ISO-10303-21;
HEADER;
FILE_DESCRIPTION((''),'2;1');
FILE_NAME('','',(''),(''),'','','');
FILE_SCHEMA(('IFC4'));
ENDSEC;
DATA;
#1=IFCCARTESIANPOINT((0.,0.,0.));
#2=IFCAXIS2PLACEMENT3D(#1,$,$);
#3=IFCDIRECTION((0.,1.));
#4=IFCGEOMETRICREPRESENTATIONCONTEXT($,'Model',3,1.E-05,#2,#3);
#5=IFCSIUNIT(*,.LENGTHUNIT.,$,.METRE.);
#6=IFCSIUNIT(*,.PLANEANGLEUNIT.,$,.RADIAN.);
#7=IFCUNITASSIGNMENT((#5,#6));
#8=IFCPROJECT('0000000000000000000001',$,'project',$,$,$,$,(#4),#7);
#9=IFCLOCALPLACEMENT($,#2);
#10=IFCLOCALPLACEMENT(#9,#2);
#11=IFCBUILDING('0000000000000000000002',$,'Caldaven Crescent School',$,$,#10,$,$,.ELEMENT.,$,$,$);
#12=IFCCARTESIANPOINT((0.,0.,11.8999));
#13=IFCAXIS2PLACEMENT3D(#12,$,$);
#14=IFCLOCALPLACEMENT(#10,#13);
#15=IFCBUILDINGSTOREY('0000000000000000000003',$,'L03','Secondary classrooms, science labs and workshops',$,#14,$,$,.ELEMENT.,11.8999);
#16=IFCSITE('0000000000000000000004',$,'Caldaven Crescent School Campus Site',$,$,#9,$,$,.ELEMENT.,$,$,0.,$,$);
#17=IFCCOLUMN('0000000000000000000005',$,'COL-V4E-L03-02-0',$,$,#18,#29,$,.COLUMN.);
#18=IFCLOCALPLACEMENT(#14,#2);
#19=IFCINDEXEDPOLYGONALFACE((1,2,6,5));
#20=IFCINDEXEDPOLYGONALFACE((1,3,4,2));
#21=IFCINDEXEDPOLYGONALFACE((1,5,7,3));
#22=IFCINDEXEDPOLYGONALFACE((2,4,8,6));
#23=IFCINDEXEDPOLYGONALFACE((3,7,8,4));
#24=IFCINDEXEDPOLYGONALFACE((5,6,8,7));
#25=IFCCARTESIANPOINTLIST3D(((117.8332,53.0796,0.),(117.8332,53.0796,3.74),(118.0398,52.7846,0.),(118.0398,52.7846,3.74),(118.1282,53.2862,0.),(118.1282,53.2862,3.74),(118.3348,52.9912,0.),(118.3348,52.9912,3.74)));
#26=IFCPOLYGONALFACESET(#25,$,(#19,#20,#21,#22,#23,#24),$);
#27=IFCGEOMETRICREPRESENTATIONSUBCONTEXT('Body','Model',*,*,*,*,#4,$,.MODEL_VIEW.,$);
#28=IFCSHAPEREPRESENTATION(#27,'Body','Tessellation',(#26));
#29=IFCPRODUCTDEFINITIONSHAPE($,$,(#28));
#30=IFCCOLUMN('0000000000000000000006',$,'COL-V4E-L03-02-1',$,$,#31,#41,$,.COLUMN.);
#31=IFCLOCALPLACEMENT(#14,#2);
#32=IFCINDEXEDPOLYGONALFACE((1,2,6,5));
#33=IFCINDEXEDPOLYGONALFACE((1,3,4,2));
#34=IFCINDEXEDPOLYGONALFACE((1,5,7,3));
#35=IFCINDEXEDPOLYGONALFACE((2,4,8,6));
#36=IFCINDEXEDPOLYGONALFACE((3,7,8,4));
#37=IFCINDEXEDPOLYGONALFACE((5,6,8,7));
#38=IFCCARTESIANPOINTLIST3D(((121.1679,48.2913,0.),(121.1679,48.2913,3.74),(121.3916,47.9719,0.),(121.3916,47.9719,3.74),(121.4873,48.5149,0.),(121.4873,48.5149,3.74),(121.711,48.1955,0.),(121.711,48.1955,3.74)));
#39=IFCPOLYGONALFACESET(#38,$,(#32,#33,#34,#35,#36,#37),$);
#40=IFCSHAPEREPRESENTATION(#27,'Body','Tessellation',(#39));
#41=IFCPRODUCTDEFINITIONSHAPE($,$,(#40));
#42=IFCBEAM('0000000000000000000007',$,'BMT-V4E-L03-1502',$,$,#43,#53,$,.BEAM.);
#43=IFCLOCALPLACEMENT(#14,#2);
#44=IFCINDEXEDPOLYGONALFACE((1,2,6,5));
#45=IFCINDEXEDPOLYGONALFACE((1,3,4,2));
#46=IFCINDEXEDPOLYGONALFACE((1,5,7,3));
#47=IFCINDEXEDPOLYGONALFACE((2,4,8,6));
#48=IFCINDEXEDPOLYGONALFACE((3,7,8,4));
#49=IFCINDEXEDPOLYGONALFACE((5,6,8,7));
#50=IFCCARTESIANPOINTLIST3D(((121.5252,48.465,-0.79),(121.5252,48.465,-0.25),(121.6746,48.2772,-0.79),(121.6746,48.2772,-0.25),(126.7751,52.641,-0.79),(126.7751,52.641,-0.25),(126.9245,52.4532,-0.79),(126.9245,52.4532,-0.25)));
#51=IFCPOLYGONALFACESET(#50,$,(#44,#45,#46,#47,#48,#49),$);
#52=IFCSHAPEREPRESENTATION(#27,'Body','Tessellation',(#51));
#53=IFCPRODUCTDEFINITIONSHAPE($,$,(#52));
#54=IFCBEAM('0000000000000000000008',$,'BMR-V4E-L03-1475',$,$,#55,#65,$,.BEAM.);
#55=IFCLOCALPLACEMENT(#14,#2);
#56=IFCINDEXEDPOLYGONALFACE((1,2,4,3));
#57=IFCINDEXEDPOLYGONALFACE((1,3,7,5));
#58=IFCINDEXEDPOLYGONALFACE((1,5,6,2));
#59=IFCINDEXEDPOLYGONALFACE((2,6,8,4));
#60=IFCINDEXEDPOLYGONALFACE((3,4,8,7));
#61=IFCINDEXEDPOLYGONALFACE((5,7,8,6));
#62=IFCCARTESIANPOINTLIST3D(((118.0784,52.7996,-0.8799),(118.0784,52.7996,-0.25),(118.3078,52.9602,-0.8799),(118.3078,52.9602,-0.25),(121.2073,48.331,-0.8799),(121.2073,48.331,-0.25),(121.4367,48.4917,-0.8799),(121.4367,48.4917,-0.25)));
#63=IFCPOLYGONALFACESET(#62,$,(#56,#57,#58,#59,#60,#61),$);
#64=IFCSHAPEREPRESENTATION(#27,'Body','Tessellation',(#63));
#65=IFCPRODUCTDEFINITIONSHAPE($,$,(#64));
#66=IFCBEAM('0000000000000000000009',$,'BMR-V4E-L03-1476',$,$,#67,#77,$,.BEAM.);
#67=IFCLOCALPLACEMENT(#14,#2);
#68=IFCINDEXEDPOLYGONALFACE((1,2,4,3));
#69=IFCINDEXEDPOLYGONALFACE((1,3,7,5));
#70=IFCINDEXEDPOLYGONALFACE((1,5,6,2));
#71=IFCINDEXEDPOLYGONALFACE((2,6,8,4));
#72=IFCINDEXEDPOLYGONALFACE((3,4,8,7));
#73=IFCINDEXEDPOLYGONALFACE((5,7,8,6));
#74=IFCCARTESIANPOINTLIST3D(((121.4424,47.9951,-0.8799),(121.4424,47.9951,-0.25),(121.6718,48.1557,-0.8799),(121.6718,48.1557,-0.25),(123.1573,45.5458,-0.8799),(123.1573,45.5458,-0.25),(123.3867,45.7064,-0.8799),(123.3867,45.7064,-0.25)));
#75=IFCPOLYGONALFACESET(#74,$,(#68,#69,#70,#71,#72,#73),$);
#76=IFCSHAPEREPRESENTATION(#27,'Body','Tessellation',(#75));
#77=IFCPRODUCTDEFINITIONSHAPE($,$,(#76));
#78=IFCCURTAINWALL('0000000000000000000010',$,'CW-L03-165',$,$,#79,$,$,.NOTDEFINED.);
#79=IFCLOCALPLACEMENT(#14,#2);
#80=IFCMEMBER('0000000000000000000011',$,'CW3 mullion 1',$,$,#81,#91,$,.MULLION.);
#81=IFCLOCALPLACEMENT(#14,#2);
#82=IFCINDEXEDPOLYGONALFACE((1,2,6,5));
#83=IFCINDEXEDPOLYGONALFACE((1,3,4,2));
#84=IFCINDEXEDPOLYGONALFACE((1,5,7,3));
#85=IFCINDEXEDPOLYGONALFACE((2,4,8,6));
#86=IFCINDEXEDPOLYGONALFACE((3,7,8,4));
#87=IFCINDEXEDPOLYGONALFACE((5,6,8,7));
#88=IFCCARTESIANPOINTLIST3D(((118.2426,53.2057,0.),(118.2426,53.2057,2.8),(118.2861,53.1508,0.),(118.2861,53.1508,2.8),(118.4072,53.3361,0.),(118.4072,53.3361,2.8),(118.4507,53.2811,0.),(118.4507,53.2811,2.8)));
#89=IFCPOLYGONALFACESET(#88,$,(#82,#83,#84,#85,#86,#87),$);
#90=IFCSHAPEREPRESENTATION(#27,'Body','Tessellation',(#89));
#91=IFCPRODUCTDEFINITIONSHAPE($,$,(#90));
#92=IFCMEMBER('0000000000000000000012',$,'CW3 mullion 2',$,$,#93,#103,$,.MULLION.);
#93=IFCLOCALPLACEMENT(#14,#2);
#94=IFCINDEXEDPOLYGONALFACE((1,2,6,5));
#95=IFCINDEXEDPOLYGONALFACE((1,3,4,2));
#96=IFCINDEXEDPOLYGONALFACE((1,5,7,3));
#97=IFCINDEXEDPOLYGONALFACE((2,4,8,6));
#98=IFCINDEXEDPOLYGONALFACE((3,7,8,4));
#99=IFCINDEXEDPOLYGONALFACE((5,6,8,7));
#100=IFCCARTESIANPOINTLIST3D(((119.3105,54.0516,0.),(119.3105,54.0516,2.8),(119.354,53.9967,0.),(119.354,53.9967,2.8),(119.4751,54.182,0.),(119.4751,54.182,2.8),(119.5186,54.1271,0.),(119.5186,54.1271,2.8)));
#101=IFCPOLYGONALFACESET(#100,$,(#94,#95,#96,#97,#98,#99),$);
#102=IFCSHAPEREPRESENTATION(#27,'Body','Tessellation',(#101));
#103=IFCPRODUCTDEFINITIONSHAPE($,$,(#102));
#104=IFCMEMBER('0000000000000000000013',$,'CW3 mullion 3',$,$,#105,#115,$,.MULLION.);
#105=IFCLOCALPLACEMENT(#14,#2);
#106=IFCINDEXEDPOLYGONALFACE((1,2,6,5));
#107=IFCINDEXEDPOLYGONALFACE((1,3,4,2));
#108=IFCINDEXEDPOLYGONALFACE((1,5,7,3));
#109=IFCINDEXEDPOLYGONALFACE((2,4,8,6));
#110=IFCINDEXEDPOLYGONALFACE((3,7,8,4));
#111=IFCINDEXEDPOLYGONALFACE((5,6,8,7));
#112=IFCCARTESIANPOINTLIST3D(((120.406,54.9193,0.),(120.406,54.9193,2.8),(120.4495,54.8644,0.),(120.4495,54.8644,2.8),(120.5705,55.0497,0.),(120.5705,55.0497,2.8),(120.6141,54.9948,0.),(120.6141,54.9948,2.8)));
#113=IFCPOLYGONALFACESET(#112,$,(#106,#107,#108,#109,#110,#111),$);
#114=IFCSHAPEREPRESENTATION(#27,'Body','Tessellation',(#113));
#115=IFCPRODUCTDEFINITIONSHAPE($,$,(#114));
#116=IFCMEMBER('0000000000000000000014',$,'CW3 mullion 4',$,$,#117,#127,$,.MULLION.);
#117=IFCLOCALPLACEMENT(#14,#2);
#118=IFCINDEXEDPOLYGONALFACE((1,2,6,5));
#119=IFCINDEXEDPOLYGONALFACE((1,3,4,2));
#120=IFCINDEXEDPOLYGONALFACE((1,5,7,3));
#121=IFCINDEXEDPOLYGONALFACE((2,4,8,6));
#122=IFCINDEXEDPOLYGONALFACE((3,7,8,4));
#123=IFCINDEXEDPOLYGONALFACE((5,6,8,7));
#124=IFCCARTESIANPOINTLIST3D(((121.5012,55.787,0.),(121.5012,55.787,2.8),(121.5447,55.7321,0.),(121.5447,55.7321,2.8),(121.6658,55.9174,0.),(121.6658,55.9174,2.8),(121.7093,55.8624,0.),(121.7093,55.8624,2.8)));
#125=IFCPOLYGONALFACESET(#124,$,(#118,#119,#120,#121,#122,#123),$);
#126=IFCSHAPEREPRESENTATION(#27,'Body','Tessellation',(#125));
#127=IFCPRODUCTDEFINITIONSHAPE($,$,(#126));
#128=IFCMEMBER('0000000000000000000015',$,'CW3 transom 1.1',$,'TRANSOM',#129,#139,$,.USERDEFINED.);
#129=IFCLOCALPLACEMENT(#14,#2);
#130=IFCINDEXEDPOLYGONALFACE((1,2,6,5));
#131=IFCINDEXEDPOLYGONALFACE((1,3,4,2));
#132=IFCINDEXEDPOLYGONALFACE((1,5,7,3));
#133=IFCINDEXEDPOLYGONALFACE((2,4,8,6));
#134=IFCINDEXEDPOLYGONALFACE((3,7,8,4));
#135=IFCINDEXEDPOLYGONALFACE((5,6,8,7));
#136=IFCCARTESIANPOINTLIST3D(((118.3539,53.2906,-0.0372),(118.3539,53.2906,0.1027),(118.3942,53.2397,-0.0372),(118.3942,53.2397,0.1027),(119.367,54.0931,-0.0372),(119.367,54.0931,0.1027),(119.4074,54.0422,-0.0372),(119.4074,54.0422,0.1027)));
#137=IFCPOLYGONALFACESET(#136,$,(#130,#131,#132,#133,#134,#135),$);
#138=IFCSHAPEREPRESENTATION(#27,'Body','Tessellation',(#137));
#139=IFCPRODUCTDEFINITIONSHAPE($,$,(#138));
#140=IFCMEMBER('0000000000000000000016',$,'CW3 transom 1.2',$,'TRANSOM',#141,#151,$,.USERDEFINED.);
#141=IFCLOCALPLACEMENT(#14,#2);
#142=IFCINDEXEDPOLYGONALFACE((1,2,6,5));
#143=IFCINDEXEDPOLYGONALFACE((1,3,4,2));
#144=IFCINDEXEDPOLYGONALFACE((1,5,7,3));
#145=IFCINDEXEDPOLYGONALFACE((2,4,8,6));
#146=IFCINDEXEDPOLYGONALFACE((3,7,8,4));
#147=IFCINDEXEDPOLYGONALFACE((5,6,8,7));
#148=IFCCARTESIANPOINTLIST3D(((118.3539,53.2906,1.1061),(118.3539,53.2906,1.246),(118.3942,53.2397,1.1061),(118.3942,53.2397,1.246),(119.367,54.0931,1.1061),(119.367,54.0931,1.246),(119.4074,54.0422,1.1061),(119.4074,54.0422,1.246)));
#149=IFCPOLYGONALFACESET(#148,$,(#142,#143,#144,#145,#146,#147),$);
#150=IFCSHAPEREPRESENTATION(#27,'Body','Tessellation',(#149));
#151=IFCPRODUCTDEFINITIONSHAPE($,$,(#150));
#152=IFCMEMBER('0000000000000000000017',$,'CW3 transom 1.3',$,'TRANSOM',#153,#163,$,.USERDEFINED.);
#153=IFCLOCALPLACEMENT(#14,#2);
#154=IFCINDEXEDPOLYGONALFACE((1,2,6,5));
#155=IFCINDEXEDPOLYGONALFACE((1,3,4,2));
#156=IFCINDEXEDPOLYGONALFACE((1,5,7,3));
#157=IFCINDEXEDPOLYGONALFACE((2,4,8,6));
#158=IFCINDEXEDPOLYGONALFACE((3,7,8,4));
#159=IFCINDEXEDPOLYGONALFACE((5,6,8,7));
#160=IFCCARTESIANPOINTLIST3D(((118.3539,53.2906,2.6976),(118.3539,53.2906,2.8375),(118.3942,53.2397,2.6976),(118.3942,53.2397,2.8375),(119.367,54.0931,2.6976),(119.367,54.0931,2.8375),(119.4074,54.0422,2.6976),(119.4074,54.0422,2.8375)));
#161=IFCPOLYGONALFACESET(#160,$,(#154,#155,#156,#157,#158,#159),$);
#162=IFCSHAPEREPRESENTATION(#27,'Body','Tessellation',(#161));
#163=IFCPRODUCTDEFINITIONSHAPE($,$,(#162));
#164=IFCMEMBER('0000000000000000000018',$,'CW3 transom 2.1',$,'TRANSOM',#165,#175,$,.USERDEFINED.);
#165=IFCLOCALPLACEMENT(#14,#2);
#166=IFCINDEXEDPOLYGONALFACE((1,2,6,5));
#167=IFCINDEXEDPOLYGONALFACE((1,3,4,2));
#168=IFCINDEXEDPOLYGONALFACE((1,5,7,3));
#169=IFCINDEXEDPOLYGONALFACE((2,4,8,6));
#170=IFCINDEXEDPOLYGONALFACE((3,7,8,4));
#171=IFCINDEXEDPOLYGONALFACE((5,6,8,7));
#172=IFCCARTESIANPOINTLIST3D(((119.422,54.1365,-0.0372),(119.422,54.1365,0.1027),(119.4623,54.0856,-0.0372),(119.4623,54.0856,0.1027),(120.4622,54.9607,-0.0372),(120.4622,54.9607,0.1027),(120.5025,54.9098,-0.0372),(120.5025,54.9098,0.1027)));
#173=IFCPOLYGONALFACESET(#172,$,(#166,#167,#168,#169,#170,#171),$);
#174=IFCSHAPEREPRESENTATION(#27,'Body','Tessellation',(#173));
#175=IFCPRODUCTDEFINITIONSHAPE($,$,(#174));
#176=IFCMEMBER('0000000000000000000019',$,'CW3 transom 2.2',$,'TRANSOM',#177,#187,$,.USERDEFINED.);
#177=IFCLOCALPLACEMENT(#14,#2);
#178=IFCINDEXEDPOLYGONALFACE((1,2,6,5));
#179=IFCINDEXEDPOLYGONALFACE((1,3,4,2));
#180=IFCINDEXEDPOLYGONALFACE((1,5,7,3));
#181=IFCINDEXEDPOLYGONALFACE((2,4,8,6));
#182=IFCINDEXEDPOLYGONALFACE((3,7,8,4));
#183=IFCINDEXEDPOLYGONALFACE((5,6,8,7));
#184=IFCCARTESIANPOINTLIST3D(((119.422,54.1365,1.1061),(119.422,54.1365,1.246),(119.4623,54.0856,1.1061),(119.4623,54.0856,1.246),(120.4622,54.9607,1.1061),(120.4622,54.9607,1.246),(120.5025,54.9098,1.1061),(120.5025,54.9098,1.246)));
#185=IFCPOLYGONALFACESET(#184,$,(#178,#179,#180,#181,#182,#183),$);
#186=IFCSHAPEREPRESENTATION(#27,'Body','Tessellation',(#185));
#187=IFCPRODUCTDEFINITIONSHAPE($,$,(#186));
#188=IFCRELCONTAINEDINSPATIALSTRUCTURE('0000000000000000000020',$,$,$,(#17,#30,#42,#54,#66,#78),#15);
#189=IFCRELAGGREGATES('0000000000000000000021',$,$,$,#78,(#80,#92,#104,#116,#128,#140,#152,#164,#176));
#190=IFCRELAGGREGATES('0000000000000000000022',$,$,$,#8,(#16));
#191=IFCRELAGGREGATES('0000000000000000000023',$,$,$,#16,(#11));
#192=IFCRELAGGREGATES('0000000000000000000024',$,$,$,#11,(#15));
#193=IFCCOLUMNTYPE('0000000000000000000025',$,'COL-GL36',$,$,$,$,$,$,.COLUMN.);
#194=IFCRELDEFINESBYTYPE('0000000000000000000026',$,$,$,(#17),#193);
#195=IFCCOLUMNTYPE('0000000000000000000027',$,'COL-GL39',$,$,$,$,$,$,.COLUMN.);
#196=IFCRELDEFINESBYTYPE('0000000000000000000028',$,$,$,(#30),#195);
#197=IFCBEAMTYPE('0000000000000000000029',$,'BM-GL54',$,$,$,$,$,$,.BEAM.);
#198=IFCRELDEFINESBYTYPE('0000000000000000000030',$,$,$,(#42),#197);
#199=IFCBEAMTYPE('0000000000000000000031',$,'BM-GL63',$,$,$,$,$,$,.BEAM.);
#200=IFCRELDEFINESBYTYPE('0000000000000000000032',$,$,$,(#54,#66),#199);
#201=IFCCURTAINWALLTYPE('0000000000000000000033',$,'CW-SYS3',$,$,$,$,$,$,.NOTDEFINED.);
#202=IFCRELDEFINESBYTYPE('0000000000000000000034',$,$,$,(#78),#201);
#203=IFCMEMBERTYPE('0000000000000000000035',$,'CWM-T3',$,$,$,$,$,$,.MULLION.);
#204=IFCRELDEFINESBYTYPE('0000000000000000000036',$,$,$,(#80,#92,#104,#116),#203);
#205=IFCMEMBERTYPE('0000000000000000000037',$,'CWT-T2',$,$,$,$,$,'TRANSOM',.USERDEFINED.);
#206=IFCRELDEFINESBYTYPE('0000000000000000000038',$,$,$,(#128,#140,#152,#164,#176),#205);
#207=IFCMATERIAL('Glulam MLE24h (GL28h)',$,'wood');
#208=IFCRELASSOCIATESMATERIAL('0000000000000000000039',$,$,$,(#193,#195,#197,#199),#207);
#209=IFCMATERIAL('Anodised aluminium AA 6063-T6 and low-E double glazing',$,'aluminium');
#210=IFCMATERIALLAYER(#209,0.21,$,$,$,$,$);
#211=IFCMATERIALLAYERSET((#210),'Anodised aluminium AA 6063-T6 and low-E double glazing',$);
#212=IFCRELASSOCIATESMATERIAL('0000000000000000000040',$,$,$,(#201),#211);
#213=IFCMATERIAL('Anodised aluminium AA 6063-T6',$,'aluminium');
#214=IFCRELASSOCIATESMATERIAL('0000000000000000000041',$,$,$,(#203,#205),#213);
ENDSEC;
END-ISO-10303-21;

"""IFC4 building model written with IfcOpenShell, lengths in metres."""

from ifc_helpers import new_model, si_unit, direction, frame, origin, origin_2d, place, context, subcontext, project, spatial, rectangle, extrude, material, layer, layer_set, material_profile, profile_set, type_object, element, aggregate, save


model = new_model("IFC4")

# Units and contexts
model_context = context("Model", 3, precision=1e-05, world=origin(), true_north=direction((0.0, 1.0)))
body_context = subcontext(model_context, "Body", "Model", "MODEL_VIEW")
ifc_project = project(units=[si_unit("LENGTHUNIT", "METRE"), si_unit("PLANEANGLEUNIT", "RADIAN")], contexts=[model_context])

# Site, building, storey
site_placement = place(None, origin())
site = spatial("IfcSite", under=ifc_project, at=site_placement, Name="Caldaven Crescent School Campus Site", CompositionType="ELEMENT", RefElevation=0.0)
building_placement = place(site_placement, origin())
building = spatial("IfcBuilding", under=site, at=building_placement, Name="Caldaven Crescent School", CompositionType="ELEMENT")
storey_placement = place(building_placement, frame((0.0, 0.0, 11.8999)))
storey = spatial("IfcBuildingStorey", under=building, at=storey_placement, Name="L03", Description="Secondary classrooms, science labs and workshops", CompositionType="ELEMENT", Elevation=11.8999)

# Columns
ifc_material_1 = material(Name="Glulam MLE24h (GL28h)", Category="wood")
ifc_material_profile_1 = material_profile(ifc_material_1, rectangle(XDim=0.3601, YDim=0.3601, at=origin_2d()), Name="MLE 360x360")
ifc_profile_set_1 = profile_set([ifc_material_profile_1], Name="Glulam MLE24h (GL28h)")
column_type_1 = type_object("IfcColumnType", Name="COL-GL36", PredefinedType="COLUMN", material=ifc_profile_set_1)
column_1_placement = place(storey_placement, frame((118.084, 53.0354, 0.0), z_axis=(0.0, 0.0, 1.0), x_axis=(0.573576, -0.819152, 0.0)))
element("IfcColumn", 1, at=column_1_placement, inside=storey, type_object=column_type_1, Name="COL-V4E-L03-02-0", PredefinedType="COLUMN", context=body_context, shape_type="SweptSolid", body=[
    extrude(rectangle(XDim=0.3601, YDim=0.3601, at=origin_2d()), origin(), (0.0, 0.0, 1.0), 3.74),
])
ifc_material_profile_2 = material_profile(ifc_material_1, rectangle(XDim=0.3899, YDim=0.3899, at=origin_2d()), Name="MLE 390x390")
ifc_profile_set_2 = profile_set([ifc_material_profile_2], Name="Glulam MLE24h (GL28h)")
column_type_2 = type_object("IfcColumnType", Name="COL-GL39", PredefinedType="COLUMN", material=ifc_profile_set_2)
column_2_placement = place(storey_placement, frame((121.4395, 48.2434, 0.0), z_axis=(0.0, 0.0, 1.0), x_axis=(0.573576, -0.819152, 0.0)))
element("IfcColumn", 2, at=column_2_placement, inside=storey, type_object=column_type_2, Name="COL-V4E-L03-02-1", PredefinedType="COLUMN", context=body_context, shape_type="SweptSolid", body=[
    extrude(rectangle(XDim=0.3899, YDim=0.3899, at=origin_2d()), origin(), (0.0, 0.0, 1.0), 3.74),
])

# Beams
ifc_material_profile_3 = material_profile(ifc_material_1, rectangle(XDim=0.24, YDim=0.54, at=origin_2d()), Name="MLE 240x540")
ifc_profile_set_3 = profile_set([ifc_material_profile_3], Name="Glulam MLE24h (GL28h)")
beam_type_1 = type_object("IfcBeamType", Name="BM-GL54", PredefinedType="BEAM", material=ifc_profile_set_3)
beam_1_placement = place(storey_placement, frame((121.5999, 48.3711, -0.52), z_axis=(0.782609, 0.622513, 0.0), x_axis=(-0.622513, 0.782609, 0.0)))
element("IfcBeam", 3, at=beam_1_placement, inside=storey, type_object=beam_type_1, Name="BMT-V4E-L03-1502", PredefinedType="BEAM", context=body_context, shape_type="SweptSolid", body=[
    extrude(rectangle(XDim=0.24, YDim=0.54, at=origin_2d()), origin(), (0.0, 0.0, 1.0), 6.7083),
])
ifc_material_profile_4 = material_profile(ifc_material_1, rectangle(XDim=0.28, YDim=0.6299, at=origin_2d()), Name="MLE 280x630")
ifc_profile_set_4 = profile_set([ifc_material_profile_4], Name="Glulam MLE24h (GL28h)")
beam_type_2 = type_object("IfcBeamType", Name="BM-GL63", PredefinedType="BEAM", material=ifc_profile_set_4)
beam_2_placement = place(storey_placement, frame((118.1931, 52.8799, -0.5649), z_axis=(0.573579, -0.81915, 0.0), x_axis=(0.81915, 0.573579, 0.0)))
element("IfcBeam", 4, at=beam_2_placement, inside=storey, type_object=beam_type_2, Name="BMR-V4E-L03-1475", PredefinedType="BEAM", context=body_context, shape_type="SweptSolid", body=[
    extrude(rectangle(XDim=0.28, YDim=0.6299, at=origin_2d()), origin(), (0.0, 0.0, 1.0), 5.4551),
])
beam_3_placement = place(storey_placement, frame((121.5571, 48.0754, -0.5649), z_axis=(0.57355, -0.819171, 0.0), x_axis=(0.819171, 0.57355, 0.0)))
element("IfcBeam", 5, at=beam_3_placement, inside=storey, type_object=beam_type_2, Name="BMR-V4E-L03-1476", PredefinedType="BEAM", context=body_context, shape_type="SweptSolid", body=[
    extrude(rectangle(XDim=0.28, YDim=0.6299, at=origin_2d()), origin(), (0.0, 0.0, 1.0), 2.99),
])

# Curtain wall, members
ifc_material_2 = material(Name="Anodised aluminium AA 6063-T6 and low-E double glazing", Category="aluminium")
ifc_layer_1 = layer(ifc_material_2, 0.21)
ifc_layer_set_1 = layer_set([ifc_layer_1], Name="Anodised aluminium AA 6063-T6 and low-E double glazing")
curtain_wall_type = type_object("IfcCurtainWallType", Name="CW-SYS3", PredefinedType="NOTDEFINED", material=ifc_layer_set_1)
curtain_wall_placement = place(storey_placement, origin())
curtain_wall = element("IfcCurtainWall", 6, at=curtain_wall_placement, inside=storey, type_object=curtain_wall_type, Name="CW-L03-165", PredefinedType="NOTDEFINED")
ifc_material_3 = material(Name="Anodised aluminium AA 6063-T6", Category="aluminium")
ifc_material_profile_5 = material_profile(ifc_material_3, rectangle(XDim=0.0701, YDim=0.21, at=origin_2d()), Name="CWM 70x210")
ifc_profile_set_5 = profile_set([ifc_material_profile_5], Name="Anodised aluminium AA 6063-T6")
member_type_1 = type_object("IfcMemberType", Name="CWM-T3", PredefinedType="MULLION", material=ifc_profile_set_5)
member_1_placement = place(storey_placement, frame((118.3467, 53.2434, 0.0), z_axis=(0.0, 0.0, 1.0), x_axis=(-0.62091, 0.783882, 0.0)))
member_1 = element("IfcMember", 7, at=member_1_placement, type_object=member_type_1, Name="CW3 mullion 1", PredefinedType="MULLION", context=body_context, shape_type="SweptSolid", body=[
    extrude(rectangle(XDim=0.0701, YDim=0.21, at=origin_2d()), origin(), (0.0, 0.0, 1.0), 2.8),
])
member_2_placement = place(storey_placement, frame((119.4146, 54.0894, 0.0), z_axis=(0.0, 0.0, 1.0), x_axis=(-0.62091, 0.783882, 0.0)))
member_2 = element("IfcMember", 8, at=member_2_placement, type_object=member_type_1, Name="CW3 mullion 2", PredefinedType="MULLION", context=body_context, shape_type="SweptSolid", body=[
    extrude(rectangle(XDim=0.0701, YDim=0.21, at=origin_2d()), origin(), (0.0, 0.0, 1.0), 2.8),
])
member_3_placement = place(storey_placement, frame((120.51, 54.957, 0.0), z_axis=(0.0, 0.0, 1.0), x_axis=(-0.62091, 0.783882, 0.0)))
member_3 = element("IfcMember", 9, at=member_3_placement, type_object=member_type_1, Name="CW3 mullion 3", PredefinedType="MULLION", context=body_context, shape_type="SweptSolid", body=[
    extrude(rectangle(XDim=0.0701, YDim=0.21, at=origin_2d()), origin(), (0.0, 0.0, 1.0), 2.8),
])
member_4_placement = place(storey_placement, frame((121.6052, 55.8247, 0.0), z_axis=(0.0, 0.0, 1.0), x_axis=(-0.62091, 0.783882, 0.0)))
member_4 = element("IfcMember", 10, at=member_4_placement, type_object=member_type_1, Name="CW3 mullion 4", PredefinedType="MULLION", context=body_context, shape_type="SweptSolid", body=[
    extrude(rectangle(XDim=0.0701, YDim=0.21, at=origin_2d()), origin(), (0.0, 0.0, 1.0), 2.8),
])
ifc_material_profile_6 = material_profile(ifc_material_3, rectangle(XDim=0.0649, YDim=0.1399, at=origin_2d()), Name="CWT 65x140")
ifc_profile_set_6 = profile_set([ifc_material_profile_6], Name="Anodised aluminium AA 6063-T6")
member_type_2 = type_object("IfcMemberType", Name="CWT-T2", ElementType="TRANSOM", PredefinedType="USERDEFINED", material=ifc_profile_set_6)
member_5_placement = place(storey_placement, frame((118.374, 53.2651, 0.0327), z_axis=(0.7839, 0.620887, 0.0), x_axis=(-0.620887, 0.7839, 0.0)))
member_5 = element("IfcMember", 11, at=member_5_placement, type_object=member_type_2, Name="CW3 transom 1.1", ObjectType="TRANSOM", PredefinedType="USERDEFINED", context=body_context, shape_type="SweptSolid", body=[
    extrude(rectangle(XDim=0.0649, YDim=0.1399, at=origin_2d()), origin(), (0.0, 0.0, 1.0), 1.2925),
])
member_6_placement = place(storey_placement, frame((118.374, 53.2651, 1.176), z_axis=(0.7839, 0.620887, 0.0), x_axis=(-0.620887, 0.7839, 0.0)))
member_6 = element("IfcMember", 12, at=member_6_placement, type_object=member_type_2, Name="CW3 transom 1.2", ObjectType="TRANSOM", PredefinedType="USERDEFINED", context=body_context, shape_type="SweptSolid", body=[
    extrude(rectangle(XDim=0.0649, YDim=0.1399, at=origin_2d()), origin(), (0.0, 0.0, 1.0), 1.2925),
])
member_7_placement = place(storey_placement, frame((118.374, 53.2651, 2.7676), z_axis=(0.7839, 0.620887, 0.0), x_axis=(-0.620887, 0.7839, 0.0)))
member_7 = element("IfcMember", 13, at=member_7_placement, type_object=member_type_2, Name="CW3 transom 1.3", ObjectType="TRANSOM", PredefinedType="USERDEFINED", context=body_context, shape_type="SweptSolid", body=[
    extrude(rectangle(XDim=0.0649, YDim=0.1399, at=origin_2d()), origin(), (0.0, 0.0, 1.0), 1.2925),
])
member_8_placement = place(storey_placement, frame((119.4421, 54.1111, 0.0327), z_axis=(0.783803, 0.621009, 0.0), x_axis=(-0.621009, 0.783803, 0.0)))
member_8 = element("IfcMember", 14, at=member_8_placement, type_object=member_type_2, Name="CW3 transom 2.1", ObjectType="TRANSOM", PredefinedType="USERDEFINED", context=body_context, shape_type="SweptSolid", body=[
    extrude(rectangle(XDim=0.0649, YDim=0.1399, at=origin_2d()), origin(), (0.0, 0.0, 1.0), 1.3271),
])
member_9_placement = place(storey_placement, frame((119.4421, 54.1111, 1.176), z_axis=(0.783803, 0.621009, 0.0), x_axis=(-0.621009, 0.783803, 0.0)))
member_9 = element("IfcMember", 15, at=member_9_placement, type_object=member_type_2, Name="CW3 transom 2.2", ObjectType="TRANSOM", PredefinedType="USERDEFINED", context=body_context, shape_type="SweptSolid", body=[
    extrude(rectangle(XDim=0.0649, YDim=0.1399, at=origin_2d()), origin(), (0.0, 0.0, 1.0), 1.3271),
])

aggregate(curtain_wall, [member_1, member_2, member_3, member_4, member_5, member_6, member_7, member_8, member_9])

save(model, "model.ifc")
